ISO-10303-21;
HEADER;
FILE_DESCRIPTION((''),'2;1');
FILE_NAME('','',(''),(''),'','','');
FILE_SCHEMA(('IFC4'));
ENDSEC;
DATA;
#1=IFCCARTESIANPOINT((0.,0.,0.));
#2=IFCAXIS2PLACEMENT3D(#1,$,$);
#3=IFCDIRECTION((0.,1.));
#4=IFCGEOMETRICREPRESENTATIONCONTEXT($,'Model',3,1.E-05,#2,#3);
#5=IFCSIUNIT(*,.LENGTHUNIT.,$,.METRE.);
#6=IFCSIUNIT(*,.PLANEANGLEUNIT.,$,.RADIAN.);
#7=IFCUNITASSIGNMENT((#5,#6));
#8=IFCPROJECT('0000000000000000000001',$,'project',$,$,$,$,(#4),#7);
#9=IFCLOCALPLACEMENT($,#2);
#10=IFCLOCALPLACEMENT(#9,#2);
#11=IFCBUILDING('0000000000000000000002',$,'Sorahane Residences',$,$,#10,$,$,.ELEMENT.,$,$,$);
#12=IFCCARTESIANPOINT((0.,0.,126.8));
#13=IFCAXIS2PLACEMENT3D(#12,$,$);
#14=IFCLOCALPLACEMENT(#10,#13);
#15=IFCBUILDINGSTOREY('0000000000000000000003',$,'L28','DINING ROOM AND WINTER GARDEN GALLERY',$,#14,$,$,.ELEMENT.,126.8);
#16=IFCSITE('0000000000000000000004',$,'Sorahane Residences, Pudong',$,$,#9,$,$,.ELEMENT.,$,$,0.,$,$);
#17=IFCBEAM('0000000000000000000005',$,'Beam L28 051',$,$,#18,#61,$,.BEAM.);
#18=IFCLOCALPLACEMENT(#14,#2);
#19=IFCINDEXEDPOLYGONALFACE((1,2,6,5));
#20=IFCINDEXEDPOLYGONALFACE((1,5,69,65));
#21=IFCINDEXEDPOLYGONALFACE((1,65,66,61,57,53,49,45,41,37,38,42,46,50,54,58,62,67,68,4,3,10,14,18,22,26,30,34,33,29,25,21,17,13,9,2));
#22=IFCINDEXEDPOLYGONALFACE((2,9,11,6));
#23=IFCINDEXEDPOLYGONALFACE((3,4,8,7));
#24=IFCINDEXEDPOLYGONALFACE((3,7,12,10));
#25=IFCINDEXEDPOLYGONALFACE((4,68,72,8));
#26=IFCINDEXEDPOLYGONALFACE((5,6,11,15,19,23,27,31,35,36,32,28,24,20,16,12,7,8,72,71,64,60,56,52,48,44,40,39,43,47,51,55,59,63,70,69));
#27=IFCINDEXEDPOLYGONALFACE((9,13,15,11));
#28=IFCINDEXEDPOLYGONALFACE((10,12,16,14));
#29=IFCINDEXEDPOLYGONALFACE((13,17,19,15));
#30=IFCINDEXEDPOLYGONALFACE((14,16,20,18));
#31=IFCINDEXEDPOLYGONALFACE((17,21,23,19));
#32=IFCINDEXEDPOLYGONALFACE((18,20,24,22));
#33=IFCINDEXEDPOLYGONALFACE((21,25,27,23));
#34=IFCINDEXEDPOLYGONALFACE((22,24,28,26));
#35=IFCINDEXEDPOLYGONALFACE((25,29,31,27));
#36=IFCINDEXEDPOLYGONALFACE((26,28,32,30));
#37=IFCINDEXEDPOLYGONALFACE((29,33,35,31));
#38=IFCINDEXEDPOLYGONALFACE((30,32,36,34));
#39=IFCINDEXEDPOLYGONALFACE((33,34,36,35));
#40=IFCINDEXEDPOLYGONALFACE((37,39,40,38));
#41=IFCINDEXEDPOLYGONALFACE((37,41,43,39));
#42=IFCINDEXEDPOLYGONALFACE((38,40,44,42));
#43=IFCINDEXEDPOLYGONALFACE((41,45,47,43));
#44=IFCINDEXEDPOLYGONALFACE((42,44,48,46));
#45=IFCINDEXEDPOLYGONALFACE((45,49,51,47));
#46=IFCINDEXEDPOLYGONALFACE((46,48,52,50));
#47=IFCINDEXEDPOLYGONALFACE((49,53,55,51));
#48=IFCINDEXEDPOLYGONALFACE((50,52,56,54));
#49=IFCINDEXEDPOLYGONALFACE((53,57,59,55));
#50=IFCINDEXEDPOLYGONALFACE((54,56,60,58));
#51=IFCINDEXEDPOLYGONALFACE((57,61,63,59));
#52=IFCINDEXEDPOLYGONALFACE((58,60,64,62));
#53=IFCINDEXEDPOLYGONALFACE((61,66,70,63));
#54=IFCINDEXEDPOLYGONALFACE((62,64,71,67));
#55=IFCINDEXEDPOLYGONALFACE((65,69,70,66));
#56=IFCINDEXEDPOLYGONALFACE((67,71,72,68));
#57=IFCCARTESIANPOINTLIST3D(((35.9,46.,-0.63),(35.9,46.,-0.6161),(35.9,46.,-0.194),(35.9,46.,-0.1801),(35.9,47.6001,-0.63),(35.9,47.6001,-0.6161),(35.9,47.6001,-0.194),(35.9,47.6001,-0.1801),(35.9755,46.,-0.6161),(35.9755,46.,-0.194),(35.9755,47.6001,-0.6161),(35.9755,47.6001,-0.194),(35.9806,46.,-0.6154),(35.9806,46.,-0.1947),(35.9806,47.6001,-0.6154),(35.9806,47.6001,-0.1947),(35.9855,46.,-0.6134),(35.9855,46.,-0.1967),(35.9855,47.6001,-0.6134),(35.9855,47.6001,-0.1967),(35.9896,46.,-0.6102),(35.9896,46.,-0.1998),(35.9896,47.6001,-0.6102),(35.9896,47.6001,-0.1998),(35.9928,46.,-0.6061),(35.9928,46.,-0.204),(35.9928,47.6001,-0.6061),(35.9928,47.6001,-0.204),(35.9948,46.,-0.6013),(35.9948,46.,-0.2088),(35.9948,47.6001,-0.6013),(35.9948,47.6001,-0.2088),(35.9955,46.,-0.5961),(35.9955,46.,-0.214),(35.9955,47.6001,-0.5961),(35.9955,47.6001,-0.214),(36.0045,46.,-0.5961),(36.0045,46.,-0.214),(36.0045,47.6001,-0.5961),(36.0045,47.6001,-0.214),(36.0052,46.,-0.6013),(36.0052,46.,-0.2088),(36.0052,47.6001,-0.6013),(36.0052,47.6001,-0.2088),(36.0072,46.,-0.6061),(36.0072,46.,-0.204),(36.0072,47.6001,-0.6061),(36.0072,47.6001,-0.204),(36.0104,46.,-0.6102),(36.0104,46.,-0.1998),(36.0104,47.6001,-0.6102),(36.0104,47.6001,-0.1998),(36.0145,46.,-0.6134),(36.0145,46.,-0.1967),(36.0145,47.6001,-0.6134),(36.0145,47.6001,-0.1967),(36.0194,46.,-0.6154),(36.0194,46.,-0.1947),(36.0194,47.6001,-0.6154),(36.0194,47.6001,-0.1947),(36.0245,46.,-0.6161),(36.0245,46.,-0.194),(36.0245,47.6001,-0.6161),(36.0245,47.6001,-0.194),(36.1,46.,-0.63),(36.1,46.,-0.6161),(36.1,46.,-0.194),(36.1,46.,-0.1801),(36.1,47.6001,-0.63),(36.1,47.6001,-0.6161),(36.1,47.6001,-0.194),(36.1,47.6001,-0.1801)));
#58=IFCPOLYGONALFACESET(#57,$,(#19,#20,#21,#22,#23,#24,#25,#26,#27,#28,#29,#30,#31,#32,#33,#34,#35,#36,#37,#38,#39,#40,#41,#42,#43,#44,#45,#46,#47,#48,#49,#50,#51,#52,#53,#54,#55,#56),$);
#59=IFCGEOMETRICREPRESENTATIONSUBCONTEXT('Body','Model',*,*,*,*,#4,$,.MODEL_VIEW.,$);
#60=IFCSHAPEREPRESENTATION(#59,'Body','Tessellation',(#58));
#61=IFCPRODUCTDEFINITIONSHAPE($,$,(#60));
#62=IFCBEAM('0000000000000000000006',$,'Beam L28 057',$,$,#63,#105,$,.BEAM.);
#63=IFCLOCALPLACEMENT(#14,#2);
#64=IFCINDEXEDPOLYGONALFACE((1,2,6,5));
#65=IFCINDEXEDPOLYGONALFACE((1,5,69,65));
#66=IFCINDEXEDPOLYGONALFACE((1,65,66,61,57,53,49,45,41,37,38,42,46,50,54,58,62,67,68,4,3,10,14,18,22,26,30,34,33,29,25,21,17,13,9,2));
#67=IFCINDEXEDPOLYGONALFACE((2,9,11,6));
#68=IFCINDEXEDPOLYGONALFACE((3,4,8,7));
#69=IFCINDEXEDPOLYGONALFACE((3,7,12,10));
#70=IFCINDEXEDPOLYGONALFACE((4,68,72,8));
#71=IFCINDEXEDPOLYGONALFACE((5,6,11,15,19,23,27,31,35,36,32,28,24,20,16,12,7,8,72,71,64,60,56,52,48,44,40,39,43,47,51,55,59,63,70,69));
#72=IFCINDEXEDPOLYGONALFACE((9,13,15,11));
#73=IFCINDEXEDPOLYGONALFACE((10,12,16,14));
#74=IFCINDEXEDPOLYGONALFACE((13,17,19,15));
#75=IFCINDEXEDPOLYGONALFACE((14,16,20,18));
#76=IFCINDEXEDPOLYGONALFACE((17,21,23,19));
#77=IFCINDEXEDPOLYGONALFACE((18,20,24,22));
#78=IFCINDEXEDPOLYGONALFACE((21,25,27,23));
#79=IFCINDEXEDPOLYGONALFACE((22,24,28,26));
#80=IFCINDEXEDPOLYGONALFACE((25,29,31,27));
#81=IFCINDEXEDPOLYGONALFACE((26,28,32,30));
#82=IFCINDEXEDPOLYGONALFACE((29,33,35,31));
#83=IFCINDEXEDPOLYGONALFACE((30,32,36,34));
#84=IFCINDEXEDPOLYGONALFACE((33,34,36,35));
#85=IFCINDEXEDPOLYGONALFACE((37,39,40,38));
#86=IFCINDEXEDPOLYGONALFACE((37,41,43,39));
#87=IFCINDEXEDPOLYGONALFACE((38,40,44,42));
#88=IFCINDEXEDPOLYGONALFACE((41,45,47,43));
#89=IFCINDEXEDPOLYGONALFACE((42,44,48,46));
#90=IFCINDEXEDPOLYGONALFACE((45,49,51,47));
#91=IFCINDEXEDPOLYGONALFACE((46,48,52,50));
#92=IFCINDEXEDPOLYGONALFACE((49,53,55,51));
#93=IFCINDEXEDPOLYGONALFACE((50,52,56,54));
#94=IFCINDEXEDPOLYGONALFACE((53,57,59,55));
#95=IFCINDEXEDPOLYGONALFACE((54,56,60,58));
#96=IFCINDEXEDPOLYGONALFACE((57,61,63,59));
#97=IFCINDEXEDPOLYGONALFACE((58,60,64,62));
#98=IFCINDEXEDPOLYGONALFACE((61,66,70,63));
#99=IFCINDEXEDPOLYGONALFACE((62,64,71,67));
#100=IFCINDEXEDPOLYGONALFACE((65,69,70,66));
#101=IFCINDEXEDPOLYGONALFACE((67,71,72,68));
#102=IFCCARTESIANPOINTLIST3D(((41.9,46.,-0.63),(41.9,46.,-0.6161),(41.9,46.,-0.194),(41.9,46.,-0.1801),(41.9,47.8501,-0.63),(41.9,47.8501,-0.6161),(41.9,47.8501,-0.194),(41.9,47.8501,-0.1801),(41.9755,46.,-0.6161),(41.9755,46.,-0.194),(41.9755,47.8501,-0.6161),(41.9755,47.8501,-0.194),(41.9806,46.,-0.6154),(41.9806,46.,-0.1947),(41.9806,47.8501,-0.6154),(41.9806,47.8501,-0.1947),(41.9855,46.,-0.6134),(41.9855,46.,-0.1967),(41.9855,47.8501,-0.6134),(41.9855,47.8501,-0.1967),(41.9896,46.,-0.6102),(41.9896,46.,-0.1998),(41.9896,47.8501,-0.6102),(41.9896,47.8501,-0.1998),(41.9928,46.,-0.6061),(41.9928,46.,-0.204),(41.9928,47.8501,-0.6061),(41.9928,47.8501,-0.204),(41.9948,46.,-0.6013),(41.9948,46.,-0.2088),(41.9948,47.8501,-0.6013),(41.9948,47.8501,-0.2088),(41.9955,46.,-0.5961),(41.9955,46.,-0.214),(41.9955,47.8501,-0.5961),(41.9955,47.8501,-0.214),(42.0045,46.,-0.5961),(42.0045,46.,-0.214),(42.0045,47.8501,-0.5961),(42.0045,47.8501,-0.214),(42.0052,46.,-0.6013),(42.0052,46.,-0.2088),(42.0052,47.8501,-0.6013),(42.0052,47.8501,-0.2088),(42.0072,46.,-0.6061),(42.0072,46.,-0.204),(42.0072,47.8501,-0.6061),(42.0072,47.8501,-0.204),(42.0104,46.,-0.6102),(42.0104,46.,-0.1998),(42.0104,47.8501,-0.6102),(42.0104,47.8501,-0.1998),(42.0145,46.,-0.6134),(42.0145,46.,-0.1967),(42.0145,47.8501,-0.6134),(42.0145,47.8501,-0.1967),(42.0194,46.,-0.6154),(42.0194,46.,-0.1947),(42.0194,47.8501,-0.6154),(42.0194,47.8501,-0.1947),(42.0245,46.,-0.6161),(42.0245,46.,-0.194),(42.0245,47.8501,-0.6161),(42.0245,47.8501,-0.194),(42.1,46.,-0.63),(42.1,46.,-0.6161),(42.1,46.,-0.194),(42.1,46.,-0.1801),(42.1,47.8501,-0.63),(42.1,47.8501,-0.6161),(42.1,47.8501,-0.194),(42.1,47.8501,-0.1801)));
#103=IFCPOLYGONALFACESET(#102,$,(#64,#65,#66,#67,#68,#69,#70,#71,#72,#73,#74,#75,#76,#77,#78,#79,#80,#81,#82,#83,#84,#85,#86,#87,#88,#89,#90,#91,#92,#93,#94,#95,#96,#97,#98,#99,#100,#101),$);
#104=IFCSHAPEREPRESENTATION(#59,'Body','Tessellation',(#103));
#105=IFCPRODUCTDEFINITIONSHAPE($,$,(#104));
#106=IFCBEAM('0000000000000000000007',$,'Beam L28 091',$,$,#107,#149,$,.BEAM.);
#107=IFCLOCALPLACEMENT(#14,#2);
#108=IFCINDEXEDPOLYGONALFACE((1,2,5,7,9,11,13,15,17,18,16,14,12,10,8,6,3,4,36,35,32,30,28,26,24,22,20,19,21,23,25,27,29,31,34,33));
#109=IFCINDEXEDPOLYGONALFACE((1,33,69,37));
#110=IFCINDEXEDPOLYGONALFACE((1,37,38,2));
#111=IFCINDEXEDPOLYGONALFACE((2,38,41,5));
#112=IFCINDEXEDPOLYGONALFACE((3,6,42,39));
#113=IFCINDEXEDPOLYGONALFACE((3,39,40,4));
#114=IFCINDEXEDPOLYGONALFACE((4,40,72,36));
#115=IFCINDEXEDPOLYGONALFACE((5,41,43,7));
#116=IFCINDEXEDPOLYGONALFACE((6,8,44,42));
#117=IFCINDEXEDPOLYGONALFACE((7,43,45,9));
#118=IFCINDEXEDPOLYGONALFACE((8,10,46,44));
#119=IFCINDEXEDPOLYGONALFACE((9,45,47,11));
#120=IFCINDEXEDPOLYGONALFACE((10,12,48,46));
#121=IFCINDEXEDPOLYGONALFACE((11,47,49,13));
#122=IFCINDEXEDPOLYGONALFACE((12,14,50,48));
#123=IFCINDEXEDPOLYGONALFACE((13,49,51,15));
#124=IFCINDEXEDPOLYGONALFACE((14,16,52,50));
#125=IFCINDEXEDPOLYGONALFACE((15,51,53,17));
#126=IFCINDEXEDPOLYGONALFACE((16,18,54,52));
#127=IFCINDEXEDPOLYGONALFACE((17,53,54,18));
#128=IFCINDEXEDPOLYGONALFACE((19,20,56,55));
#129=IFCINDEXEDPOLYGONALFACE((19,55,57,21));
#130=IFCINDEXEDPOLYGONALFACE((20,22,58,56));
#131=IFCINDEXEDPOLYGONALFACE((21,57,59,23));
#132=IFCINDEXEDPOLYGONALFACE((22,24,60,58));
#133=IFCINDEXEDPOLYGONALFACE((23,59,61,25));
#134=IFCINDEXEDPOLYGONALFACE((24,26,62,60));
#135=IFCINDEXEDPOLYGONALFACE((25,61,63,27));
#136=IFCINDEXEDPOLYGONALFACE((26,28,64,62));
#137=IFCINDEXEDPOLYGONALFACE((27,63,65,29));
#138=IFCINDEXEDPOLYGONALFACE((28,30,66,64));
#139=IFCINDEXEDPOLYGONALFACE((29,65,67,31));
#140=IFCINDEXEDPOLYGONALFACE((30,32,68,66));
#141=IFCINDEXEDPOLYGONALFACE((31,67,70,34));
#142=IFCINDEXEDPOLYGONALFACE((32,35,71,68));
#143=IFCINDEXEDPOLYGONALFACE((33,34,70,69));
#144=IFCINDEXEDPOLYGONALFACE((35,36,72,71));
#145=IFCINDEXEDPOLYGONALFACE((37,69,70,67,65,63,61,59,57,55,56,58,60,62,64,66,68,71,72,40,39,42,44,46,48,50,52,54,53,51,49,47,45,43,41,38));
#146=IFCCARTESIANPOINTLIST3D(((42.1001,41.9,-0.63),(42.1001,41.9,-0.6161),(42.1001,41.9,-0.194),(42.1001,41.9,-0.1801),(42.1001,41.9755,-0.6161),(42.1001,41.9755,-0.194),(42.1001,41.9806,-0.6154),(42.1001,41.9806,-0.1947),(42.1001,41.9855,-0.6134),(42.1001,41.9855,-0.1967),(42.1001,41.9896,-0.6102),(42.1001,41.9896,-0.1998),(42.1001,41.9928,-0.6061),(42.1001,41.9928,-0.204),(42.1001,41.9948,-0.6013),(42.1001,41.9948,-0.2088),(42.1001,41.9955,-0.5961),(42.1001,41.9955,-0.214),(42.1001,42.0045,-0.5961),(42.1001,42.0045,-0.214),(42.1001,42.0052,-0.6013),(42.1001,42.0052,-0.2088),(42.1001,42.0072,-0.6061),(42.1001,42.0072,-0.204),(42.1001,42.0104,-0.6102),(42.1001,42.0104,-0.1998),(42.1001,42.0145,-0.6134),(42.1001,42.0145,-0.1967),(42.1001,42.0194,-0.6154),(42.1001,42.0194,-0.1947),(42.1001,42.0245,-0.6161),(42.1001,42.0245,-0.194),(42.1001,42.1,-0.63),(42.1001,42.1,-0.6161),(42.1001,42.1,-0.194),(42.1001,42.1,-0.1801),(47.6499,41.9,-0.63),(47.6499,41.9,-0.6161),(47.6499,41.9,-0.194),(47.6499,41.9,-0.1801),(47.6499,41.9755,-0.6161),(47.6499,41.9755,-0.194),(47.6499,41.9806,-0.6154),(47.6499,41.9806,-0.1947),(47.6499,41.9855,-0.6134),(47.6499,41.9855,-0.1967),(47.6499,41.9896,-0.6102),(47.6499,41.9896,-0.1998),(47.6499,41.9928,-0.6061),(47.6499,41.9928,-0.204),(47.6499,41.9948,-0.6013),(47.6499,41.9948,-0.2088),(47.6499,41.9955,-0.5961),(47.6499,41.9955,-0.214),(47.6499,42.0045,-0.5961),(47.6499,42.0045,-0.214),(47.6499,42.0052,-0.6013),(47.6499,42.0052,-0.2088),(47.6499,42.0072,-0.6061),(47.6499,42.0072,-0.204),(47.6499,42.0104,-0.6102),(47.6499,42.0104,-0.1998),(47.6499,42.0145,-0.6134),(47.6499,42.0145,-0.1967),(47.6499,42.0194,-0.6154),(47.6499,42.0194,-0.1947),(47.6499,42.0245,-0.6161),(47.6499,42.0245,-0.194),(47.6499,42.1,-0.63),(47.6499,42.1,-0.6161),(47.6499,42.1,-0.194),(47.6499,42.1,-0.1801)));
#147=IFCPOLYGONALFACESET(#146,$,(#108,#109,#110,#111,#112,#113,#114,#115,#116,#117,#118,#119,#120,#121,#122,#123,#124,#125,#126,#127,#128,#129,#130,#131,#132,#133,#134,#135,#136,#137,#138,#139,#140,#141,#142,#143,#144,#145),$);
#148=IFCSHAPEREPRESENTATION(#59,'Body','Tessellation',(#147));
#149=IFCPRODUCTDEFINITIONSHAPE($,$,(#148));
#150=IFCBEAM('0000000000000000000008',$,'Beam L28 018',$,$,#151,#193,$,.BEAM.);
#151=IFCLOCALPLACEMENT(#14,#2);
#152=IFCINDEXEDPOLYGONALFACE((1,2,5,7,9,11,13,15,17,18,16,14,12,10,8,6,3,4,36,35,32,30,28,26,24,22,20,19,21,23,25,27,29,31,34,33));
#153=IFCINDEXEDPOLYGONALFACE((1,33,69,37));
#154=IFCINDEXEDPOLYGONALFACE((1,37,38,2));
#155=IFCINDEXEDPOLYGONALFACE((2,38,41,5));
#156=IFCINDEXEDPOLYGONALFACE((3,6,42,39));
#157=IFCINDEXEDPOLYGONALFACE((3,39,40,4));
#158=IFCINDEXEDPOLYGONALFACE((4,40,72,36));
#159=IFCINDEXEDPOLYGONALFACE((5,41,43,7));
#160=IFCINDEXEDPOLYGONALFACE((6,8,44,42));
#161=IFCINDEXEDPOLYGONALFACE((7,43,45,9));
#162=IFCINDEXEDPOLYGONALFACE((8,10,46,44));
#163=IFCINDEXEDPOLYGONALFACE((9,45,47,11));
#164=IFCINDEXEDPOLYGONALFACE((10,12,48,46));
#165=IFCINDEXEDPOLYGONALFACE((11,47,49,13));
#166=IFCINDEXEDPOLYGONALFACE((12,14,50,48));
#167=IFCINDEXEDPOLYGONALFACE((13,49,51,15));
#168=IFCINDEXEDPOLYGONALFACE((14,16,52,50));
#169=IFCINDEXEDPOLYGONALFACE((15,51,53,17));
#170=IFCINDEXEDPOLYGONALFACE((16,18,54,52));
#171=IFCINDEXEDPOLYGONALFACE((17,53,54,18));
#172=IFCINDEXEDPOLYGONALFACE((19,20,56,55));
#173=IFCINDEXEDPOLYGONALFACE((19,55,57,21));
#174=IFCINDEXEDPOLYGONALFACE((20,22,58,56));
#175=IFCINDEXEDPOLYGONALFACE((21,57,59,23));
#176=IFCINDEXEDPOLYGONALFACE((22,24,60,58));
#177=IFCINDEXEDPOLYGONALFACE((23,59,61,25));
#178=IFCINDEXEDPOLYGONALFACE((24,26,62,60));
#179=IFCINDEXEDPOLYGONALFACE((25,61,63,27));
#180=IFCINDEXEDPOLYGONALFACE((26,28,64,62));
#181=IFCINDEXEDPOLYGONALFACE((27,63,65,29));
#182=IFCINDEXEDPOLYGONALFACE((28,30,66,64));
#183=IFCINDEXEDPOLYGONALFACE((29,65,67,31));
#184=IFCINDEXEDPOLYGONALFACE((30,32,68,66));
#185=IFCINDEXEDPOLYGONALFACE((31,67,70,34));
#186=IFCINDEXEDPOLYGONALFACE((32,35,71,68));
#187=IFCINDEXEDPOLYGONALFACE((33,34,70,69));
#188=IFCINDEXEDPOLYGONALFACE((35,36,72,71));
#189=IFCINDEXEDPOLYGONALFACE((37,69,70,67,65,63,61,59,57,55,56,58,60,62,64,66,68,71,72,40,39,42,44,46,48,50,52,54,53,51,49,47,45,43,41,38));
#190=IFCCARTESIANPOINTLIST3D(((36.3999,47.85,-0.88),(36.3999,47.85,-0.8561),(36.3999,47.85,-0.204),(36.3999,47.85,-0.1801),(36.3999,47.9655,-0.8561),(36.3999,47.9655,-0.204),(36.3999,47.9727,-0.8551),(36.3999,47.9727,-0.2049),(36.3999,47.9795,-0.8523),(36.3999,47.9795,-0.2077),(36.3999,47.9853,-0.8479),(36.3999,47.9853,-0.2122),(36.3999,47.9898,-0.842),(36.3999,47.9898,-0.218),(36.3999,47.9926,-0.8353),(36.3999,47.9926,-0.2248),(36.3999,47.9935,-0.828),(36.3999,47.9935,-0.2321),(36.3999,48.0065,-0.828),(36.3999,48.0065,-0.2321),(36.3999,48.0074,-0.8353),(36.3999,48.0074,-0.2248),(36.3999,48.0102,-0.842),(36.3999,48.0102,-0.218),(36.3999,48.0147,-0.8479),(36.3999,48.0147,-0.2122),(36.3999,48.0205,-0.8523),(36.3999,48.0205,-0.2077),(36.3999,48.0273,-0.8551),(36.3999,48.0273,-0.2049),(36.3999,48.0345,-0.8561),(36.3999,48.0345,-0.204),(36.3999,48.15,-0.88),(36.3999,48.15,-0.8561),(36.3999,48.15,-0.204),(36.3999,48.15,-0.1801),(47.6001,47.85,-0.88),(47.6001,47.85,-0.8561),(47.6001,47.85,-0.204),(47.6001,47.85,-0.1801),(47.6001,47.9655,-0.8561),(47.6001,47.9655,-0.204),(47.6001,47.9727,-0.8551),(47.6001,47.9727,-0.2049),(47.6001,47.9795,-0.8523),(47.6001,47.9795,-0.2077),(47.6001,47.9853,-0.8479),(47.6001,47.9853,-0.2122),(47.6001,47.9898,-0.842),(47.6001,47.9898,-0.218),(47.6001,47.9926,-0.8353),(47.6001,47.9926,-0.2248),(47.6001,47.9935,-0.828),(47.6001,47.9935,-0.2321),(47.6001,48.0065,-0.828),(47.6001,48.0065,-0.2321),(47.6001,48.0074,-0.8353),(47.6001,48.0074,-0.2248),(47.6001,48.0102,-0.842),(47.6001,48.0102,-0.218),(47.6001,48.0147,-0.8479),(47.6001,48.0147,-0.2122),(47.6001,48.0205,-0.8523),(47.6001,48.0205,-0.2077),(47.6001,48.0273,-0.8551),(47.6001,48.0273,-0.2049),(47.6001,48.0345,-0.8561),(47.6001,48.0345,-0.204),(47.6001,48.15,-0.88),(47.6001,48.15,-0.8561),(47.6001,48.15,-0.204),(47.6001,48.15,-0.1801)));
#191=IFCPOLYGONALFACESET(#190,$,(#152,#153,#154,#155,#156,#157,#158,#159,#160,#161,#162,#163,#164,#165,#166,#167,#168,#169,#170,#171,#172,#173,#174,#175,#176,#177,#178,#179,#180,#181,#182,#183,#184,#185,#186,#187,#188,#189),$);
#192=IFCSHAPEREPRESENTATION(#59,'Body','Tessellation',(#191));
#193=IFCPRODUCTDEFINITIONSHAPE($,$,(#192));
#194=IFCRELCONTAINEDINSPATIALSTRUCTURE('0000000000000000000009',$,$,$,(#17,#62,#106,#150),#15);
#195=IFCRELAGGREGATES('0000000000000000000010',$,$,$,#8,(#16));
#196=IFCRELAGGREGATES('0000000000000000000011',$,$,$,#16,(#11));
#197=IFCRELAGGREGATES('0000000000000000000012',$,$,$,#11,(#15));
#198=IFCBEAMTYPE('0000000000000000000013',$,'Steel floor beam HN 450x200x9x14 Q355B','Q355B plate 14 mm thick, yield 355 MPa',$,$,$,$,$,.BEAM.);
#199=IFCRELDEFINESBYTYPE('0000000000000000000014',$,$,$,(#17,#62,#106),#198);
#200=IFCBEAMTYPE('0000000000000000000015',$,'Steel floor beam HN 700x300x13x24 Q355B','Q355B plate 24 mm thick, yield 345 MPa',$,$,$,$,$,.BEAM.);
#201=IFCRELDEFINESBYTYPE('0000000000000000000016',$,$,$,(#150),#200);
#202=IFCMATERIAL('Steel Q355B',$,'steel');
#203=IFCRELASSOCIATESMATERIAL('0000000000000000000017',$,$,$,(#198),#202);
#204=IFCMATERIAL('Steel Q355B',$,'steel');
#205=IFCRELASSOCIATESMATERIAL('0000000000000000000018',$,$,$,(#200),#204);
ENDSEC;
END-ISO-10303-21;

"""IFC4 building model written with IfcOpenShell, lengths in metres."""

from ifc_helpers import new_model, si_unit, direction, frame, origin, origin_2d, place, context, subcontext, project, spatial, i_section, extrude, material, material_profile, profile_set, type_object, element, save


model = new_model("IFC4")

# Units and contexts
model_context = context("Model", 3, precision=1e-05, world=origin(), true_north=direction((0.0, 1.0)))
body_context = subcontext(model_context, "Body", "Model", "MODEL_VIEW")
ifc_project = project(units=[si_unit("LENGTHUNIT", "METRE"), si_unit("PLANEANGLEUNIT", "RADIAN")], contexts=[model_context])

# Site, building, storey
site_placement = place(None, origin())
site = spatial("IfcSite", under=ifc_project, at=site_placement, Name="Sorahane Residences, Pudong", CompositionType="ELEMENT", RefElevation=0.0)
building_placement = place(site_placement, origin())
building = spatial("IfcBuilding", under=site, at=building_placement, Name="Sorahane Residences", CompositionType="ELEMENT")
storey_placement = place(building_placement, frame((0.0, 0.0, 126.8)))
storey = spatial("IfcBuildingStorey", under=building, at=storey_placement, Name="L28", Description="DINING ROOM AND WINTER GARDEN GALLERY", CompositionType="ELEMENT", Elevation=126.8)

# Beams
ifc_material_1 = material(Name="Steel Q355B", Category="steel")
ifc_material_profile_1 = material_profile(ifc_material_1, i_section(OverallWidth=0.2, OverallDepth=0.45, WebThickness=0.009, FlangeThickness=0.0139, FilletRadius=0.02, at=origin_2d()), Name="HN 450x200x9x14")
ifc_profile_set_1 = profile_set([ifc_material_profile_1], Name="Steel Q355B")
beam_type_1 = type_object("IfcBeamType", Name="Steel floor beam HN 450x200x9x14 Q355B", Description="Q355B plate 14 mm thick, yield 355 MPa", PredefinedType="BEAM", material=ifc_profile_set_1)
beam_1_placement = place(storey_placement, frame((36.0, 46.0, -0.405), z_axis=(0.0, 1.0, 0.0), x_axis=(-1.0, 0.0, 0.0)))
element("IfcBeam", 1, at=beam_1_placement, inside=storey, type_object=beam_type_1, Name="Beam L28 051", PredefinedType="BEAM", context=body_context, shape_type="SweptSolid", body=[
    extrude(i_section(OverallWidth=0.2, OverallDepth=0.45, WebThickness=0.009, FlangeThickness=0.0139, FilletRadius=0.02, at=origin_2d()), origin(), (0.0, 0.0, 1.0), 1.6001),
])
beam_2_placement = place(storey_placement, frame((42.0, 46.0, -0.405), z_axis=(0.0, 1.0, 0.0), x_axis=(-1.0, 0.0, 0.0)))
element("IfcBeam", 2, at=beam_2_placement, inside=storey, type_object=beam_type_1, Name="Beam L28 057", PredefinedType="BEAM", context=body_context, shape_type="SweptSolid", body=[
    extrude(i_section(OverallWidth=0.2, OverallDepth=0.45, WebThickness=0.009, FlangeThickness=0.0139, FilletRadius=0.02, at=origin_2d()), origin(), (0.0, 0.0, 1.0), 1.8501),
])
beam_3_placement = place(storey_placement, frame((42.1001, 42.0, -0.405), z_axis=(1.0, 0.0, 0.0), x_axis=(0.0, 1.0, 0.0)))
element("IfcBeam", 3, at=beam_3_placement, inside=storey, type_object=beam_type_1, Name="Beam L28 091", PredefinedType="BEAM", context=body_context, shape_type="SweptSolid", body=[
    extrude(i_section(OverallWidth=0.2, OverallDepth=0.45, WebThickness=0.009, FlangeThickness=0.0139, FilletRadius=0.02, at=origin_2d()), origin(), (0.0, 0.0, 1.0), 5.5498),
])
ifc_material_2 = material(Name="Steel Q355B", Category="steel")
ifc_material_profile_2 = material_profile(ifc_material_2, i_section(OverallWidth=0.3, OverallDepth=0.7, WebThickness=0.0129, FlangeThickness=0.0239, FilletRadius=0.0281, at=origin_2d()), Name="HN 700x300x13x24")
ifc_profile_set_2 = profile_set([ifc_material_profile_2], Name="Steel Q355B")
beam_type_2 = type_object("IfcBeamType", Name="Steel floor beam HN 700x300x13x24 Q355B", Description="Q355B plate 24 mm thick, yield 345 MPa", PredefinedType="BEAM", material=ifc_profile_set_2)
beam_4_placement = place(storey_placement, frame((36.3999, 48.0, -0.53), z_axis=(1.0, 0.0, 0.0), x_axis=(0.0, 1.0, 0.0)))
element("IfcBeam", 4, at=beam_4_placement, inside=storey, type_object=beam_type_2, Name="Beam L28 018", PredefinedType="BEAM", context=body_context, shape_type="SweptSolid", body=[
    extrude(i_section(OverallWidth=0.3, OverallDepth=0.7, WebThickness=0.0129, FlangeThickness=0.0239, FilletRadius=0.0281, at=origin_2d()), origin(), (0.0, 0.0, 1.0), 11.2002),
])

save(model, "model.ifc")
